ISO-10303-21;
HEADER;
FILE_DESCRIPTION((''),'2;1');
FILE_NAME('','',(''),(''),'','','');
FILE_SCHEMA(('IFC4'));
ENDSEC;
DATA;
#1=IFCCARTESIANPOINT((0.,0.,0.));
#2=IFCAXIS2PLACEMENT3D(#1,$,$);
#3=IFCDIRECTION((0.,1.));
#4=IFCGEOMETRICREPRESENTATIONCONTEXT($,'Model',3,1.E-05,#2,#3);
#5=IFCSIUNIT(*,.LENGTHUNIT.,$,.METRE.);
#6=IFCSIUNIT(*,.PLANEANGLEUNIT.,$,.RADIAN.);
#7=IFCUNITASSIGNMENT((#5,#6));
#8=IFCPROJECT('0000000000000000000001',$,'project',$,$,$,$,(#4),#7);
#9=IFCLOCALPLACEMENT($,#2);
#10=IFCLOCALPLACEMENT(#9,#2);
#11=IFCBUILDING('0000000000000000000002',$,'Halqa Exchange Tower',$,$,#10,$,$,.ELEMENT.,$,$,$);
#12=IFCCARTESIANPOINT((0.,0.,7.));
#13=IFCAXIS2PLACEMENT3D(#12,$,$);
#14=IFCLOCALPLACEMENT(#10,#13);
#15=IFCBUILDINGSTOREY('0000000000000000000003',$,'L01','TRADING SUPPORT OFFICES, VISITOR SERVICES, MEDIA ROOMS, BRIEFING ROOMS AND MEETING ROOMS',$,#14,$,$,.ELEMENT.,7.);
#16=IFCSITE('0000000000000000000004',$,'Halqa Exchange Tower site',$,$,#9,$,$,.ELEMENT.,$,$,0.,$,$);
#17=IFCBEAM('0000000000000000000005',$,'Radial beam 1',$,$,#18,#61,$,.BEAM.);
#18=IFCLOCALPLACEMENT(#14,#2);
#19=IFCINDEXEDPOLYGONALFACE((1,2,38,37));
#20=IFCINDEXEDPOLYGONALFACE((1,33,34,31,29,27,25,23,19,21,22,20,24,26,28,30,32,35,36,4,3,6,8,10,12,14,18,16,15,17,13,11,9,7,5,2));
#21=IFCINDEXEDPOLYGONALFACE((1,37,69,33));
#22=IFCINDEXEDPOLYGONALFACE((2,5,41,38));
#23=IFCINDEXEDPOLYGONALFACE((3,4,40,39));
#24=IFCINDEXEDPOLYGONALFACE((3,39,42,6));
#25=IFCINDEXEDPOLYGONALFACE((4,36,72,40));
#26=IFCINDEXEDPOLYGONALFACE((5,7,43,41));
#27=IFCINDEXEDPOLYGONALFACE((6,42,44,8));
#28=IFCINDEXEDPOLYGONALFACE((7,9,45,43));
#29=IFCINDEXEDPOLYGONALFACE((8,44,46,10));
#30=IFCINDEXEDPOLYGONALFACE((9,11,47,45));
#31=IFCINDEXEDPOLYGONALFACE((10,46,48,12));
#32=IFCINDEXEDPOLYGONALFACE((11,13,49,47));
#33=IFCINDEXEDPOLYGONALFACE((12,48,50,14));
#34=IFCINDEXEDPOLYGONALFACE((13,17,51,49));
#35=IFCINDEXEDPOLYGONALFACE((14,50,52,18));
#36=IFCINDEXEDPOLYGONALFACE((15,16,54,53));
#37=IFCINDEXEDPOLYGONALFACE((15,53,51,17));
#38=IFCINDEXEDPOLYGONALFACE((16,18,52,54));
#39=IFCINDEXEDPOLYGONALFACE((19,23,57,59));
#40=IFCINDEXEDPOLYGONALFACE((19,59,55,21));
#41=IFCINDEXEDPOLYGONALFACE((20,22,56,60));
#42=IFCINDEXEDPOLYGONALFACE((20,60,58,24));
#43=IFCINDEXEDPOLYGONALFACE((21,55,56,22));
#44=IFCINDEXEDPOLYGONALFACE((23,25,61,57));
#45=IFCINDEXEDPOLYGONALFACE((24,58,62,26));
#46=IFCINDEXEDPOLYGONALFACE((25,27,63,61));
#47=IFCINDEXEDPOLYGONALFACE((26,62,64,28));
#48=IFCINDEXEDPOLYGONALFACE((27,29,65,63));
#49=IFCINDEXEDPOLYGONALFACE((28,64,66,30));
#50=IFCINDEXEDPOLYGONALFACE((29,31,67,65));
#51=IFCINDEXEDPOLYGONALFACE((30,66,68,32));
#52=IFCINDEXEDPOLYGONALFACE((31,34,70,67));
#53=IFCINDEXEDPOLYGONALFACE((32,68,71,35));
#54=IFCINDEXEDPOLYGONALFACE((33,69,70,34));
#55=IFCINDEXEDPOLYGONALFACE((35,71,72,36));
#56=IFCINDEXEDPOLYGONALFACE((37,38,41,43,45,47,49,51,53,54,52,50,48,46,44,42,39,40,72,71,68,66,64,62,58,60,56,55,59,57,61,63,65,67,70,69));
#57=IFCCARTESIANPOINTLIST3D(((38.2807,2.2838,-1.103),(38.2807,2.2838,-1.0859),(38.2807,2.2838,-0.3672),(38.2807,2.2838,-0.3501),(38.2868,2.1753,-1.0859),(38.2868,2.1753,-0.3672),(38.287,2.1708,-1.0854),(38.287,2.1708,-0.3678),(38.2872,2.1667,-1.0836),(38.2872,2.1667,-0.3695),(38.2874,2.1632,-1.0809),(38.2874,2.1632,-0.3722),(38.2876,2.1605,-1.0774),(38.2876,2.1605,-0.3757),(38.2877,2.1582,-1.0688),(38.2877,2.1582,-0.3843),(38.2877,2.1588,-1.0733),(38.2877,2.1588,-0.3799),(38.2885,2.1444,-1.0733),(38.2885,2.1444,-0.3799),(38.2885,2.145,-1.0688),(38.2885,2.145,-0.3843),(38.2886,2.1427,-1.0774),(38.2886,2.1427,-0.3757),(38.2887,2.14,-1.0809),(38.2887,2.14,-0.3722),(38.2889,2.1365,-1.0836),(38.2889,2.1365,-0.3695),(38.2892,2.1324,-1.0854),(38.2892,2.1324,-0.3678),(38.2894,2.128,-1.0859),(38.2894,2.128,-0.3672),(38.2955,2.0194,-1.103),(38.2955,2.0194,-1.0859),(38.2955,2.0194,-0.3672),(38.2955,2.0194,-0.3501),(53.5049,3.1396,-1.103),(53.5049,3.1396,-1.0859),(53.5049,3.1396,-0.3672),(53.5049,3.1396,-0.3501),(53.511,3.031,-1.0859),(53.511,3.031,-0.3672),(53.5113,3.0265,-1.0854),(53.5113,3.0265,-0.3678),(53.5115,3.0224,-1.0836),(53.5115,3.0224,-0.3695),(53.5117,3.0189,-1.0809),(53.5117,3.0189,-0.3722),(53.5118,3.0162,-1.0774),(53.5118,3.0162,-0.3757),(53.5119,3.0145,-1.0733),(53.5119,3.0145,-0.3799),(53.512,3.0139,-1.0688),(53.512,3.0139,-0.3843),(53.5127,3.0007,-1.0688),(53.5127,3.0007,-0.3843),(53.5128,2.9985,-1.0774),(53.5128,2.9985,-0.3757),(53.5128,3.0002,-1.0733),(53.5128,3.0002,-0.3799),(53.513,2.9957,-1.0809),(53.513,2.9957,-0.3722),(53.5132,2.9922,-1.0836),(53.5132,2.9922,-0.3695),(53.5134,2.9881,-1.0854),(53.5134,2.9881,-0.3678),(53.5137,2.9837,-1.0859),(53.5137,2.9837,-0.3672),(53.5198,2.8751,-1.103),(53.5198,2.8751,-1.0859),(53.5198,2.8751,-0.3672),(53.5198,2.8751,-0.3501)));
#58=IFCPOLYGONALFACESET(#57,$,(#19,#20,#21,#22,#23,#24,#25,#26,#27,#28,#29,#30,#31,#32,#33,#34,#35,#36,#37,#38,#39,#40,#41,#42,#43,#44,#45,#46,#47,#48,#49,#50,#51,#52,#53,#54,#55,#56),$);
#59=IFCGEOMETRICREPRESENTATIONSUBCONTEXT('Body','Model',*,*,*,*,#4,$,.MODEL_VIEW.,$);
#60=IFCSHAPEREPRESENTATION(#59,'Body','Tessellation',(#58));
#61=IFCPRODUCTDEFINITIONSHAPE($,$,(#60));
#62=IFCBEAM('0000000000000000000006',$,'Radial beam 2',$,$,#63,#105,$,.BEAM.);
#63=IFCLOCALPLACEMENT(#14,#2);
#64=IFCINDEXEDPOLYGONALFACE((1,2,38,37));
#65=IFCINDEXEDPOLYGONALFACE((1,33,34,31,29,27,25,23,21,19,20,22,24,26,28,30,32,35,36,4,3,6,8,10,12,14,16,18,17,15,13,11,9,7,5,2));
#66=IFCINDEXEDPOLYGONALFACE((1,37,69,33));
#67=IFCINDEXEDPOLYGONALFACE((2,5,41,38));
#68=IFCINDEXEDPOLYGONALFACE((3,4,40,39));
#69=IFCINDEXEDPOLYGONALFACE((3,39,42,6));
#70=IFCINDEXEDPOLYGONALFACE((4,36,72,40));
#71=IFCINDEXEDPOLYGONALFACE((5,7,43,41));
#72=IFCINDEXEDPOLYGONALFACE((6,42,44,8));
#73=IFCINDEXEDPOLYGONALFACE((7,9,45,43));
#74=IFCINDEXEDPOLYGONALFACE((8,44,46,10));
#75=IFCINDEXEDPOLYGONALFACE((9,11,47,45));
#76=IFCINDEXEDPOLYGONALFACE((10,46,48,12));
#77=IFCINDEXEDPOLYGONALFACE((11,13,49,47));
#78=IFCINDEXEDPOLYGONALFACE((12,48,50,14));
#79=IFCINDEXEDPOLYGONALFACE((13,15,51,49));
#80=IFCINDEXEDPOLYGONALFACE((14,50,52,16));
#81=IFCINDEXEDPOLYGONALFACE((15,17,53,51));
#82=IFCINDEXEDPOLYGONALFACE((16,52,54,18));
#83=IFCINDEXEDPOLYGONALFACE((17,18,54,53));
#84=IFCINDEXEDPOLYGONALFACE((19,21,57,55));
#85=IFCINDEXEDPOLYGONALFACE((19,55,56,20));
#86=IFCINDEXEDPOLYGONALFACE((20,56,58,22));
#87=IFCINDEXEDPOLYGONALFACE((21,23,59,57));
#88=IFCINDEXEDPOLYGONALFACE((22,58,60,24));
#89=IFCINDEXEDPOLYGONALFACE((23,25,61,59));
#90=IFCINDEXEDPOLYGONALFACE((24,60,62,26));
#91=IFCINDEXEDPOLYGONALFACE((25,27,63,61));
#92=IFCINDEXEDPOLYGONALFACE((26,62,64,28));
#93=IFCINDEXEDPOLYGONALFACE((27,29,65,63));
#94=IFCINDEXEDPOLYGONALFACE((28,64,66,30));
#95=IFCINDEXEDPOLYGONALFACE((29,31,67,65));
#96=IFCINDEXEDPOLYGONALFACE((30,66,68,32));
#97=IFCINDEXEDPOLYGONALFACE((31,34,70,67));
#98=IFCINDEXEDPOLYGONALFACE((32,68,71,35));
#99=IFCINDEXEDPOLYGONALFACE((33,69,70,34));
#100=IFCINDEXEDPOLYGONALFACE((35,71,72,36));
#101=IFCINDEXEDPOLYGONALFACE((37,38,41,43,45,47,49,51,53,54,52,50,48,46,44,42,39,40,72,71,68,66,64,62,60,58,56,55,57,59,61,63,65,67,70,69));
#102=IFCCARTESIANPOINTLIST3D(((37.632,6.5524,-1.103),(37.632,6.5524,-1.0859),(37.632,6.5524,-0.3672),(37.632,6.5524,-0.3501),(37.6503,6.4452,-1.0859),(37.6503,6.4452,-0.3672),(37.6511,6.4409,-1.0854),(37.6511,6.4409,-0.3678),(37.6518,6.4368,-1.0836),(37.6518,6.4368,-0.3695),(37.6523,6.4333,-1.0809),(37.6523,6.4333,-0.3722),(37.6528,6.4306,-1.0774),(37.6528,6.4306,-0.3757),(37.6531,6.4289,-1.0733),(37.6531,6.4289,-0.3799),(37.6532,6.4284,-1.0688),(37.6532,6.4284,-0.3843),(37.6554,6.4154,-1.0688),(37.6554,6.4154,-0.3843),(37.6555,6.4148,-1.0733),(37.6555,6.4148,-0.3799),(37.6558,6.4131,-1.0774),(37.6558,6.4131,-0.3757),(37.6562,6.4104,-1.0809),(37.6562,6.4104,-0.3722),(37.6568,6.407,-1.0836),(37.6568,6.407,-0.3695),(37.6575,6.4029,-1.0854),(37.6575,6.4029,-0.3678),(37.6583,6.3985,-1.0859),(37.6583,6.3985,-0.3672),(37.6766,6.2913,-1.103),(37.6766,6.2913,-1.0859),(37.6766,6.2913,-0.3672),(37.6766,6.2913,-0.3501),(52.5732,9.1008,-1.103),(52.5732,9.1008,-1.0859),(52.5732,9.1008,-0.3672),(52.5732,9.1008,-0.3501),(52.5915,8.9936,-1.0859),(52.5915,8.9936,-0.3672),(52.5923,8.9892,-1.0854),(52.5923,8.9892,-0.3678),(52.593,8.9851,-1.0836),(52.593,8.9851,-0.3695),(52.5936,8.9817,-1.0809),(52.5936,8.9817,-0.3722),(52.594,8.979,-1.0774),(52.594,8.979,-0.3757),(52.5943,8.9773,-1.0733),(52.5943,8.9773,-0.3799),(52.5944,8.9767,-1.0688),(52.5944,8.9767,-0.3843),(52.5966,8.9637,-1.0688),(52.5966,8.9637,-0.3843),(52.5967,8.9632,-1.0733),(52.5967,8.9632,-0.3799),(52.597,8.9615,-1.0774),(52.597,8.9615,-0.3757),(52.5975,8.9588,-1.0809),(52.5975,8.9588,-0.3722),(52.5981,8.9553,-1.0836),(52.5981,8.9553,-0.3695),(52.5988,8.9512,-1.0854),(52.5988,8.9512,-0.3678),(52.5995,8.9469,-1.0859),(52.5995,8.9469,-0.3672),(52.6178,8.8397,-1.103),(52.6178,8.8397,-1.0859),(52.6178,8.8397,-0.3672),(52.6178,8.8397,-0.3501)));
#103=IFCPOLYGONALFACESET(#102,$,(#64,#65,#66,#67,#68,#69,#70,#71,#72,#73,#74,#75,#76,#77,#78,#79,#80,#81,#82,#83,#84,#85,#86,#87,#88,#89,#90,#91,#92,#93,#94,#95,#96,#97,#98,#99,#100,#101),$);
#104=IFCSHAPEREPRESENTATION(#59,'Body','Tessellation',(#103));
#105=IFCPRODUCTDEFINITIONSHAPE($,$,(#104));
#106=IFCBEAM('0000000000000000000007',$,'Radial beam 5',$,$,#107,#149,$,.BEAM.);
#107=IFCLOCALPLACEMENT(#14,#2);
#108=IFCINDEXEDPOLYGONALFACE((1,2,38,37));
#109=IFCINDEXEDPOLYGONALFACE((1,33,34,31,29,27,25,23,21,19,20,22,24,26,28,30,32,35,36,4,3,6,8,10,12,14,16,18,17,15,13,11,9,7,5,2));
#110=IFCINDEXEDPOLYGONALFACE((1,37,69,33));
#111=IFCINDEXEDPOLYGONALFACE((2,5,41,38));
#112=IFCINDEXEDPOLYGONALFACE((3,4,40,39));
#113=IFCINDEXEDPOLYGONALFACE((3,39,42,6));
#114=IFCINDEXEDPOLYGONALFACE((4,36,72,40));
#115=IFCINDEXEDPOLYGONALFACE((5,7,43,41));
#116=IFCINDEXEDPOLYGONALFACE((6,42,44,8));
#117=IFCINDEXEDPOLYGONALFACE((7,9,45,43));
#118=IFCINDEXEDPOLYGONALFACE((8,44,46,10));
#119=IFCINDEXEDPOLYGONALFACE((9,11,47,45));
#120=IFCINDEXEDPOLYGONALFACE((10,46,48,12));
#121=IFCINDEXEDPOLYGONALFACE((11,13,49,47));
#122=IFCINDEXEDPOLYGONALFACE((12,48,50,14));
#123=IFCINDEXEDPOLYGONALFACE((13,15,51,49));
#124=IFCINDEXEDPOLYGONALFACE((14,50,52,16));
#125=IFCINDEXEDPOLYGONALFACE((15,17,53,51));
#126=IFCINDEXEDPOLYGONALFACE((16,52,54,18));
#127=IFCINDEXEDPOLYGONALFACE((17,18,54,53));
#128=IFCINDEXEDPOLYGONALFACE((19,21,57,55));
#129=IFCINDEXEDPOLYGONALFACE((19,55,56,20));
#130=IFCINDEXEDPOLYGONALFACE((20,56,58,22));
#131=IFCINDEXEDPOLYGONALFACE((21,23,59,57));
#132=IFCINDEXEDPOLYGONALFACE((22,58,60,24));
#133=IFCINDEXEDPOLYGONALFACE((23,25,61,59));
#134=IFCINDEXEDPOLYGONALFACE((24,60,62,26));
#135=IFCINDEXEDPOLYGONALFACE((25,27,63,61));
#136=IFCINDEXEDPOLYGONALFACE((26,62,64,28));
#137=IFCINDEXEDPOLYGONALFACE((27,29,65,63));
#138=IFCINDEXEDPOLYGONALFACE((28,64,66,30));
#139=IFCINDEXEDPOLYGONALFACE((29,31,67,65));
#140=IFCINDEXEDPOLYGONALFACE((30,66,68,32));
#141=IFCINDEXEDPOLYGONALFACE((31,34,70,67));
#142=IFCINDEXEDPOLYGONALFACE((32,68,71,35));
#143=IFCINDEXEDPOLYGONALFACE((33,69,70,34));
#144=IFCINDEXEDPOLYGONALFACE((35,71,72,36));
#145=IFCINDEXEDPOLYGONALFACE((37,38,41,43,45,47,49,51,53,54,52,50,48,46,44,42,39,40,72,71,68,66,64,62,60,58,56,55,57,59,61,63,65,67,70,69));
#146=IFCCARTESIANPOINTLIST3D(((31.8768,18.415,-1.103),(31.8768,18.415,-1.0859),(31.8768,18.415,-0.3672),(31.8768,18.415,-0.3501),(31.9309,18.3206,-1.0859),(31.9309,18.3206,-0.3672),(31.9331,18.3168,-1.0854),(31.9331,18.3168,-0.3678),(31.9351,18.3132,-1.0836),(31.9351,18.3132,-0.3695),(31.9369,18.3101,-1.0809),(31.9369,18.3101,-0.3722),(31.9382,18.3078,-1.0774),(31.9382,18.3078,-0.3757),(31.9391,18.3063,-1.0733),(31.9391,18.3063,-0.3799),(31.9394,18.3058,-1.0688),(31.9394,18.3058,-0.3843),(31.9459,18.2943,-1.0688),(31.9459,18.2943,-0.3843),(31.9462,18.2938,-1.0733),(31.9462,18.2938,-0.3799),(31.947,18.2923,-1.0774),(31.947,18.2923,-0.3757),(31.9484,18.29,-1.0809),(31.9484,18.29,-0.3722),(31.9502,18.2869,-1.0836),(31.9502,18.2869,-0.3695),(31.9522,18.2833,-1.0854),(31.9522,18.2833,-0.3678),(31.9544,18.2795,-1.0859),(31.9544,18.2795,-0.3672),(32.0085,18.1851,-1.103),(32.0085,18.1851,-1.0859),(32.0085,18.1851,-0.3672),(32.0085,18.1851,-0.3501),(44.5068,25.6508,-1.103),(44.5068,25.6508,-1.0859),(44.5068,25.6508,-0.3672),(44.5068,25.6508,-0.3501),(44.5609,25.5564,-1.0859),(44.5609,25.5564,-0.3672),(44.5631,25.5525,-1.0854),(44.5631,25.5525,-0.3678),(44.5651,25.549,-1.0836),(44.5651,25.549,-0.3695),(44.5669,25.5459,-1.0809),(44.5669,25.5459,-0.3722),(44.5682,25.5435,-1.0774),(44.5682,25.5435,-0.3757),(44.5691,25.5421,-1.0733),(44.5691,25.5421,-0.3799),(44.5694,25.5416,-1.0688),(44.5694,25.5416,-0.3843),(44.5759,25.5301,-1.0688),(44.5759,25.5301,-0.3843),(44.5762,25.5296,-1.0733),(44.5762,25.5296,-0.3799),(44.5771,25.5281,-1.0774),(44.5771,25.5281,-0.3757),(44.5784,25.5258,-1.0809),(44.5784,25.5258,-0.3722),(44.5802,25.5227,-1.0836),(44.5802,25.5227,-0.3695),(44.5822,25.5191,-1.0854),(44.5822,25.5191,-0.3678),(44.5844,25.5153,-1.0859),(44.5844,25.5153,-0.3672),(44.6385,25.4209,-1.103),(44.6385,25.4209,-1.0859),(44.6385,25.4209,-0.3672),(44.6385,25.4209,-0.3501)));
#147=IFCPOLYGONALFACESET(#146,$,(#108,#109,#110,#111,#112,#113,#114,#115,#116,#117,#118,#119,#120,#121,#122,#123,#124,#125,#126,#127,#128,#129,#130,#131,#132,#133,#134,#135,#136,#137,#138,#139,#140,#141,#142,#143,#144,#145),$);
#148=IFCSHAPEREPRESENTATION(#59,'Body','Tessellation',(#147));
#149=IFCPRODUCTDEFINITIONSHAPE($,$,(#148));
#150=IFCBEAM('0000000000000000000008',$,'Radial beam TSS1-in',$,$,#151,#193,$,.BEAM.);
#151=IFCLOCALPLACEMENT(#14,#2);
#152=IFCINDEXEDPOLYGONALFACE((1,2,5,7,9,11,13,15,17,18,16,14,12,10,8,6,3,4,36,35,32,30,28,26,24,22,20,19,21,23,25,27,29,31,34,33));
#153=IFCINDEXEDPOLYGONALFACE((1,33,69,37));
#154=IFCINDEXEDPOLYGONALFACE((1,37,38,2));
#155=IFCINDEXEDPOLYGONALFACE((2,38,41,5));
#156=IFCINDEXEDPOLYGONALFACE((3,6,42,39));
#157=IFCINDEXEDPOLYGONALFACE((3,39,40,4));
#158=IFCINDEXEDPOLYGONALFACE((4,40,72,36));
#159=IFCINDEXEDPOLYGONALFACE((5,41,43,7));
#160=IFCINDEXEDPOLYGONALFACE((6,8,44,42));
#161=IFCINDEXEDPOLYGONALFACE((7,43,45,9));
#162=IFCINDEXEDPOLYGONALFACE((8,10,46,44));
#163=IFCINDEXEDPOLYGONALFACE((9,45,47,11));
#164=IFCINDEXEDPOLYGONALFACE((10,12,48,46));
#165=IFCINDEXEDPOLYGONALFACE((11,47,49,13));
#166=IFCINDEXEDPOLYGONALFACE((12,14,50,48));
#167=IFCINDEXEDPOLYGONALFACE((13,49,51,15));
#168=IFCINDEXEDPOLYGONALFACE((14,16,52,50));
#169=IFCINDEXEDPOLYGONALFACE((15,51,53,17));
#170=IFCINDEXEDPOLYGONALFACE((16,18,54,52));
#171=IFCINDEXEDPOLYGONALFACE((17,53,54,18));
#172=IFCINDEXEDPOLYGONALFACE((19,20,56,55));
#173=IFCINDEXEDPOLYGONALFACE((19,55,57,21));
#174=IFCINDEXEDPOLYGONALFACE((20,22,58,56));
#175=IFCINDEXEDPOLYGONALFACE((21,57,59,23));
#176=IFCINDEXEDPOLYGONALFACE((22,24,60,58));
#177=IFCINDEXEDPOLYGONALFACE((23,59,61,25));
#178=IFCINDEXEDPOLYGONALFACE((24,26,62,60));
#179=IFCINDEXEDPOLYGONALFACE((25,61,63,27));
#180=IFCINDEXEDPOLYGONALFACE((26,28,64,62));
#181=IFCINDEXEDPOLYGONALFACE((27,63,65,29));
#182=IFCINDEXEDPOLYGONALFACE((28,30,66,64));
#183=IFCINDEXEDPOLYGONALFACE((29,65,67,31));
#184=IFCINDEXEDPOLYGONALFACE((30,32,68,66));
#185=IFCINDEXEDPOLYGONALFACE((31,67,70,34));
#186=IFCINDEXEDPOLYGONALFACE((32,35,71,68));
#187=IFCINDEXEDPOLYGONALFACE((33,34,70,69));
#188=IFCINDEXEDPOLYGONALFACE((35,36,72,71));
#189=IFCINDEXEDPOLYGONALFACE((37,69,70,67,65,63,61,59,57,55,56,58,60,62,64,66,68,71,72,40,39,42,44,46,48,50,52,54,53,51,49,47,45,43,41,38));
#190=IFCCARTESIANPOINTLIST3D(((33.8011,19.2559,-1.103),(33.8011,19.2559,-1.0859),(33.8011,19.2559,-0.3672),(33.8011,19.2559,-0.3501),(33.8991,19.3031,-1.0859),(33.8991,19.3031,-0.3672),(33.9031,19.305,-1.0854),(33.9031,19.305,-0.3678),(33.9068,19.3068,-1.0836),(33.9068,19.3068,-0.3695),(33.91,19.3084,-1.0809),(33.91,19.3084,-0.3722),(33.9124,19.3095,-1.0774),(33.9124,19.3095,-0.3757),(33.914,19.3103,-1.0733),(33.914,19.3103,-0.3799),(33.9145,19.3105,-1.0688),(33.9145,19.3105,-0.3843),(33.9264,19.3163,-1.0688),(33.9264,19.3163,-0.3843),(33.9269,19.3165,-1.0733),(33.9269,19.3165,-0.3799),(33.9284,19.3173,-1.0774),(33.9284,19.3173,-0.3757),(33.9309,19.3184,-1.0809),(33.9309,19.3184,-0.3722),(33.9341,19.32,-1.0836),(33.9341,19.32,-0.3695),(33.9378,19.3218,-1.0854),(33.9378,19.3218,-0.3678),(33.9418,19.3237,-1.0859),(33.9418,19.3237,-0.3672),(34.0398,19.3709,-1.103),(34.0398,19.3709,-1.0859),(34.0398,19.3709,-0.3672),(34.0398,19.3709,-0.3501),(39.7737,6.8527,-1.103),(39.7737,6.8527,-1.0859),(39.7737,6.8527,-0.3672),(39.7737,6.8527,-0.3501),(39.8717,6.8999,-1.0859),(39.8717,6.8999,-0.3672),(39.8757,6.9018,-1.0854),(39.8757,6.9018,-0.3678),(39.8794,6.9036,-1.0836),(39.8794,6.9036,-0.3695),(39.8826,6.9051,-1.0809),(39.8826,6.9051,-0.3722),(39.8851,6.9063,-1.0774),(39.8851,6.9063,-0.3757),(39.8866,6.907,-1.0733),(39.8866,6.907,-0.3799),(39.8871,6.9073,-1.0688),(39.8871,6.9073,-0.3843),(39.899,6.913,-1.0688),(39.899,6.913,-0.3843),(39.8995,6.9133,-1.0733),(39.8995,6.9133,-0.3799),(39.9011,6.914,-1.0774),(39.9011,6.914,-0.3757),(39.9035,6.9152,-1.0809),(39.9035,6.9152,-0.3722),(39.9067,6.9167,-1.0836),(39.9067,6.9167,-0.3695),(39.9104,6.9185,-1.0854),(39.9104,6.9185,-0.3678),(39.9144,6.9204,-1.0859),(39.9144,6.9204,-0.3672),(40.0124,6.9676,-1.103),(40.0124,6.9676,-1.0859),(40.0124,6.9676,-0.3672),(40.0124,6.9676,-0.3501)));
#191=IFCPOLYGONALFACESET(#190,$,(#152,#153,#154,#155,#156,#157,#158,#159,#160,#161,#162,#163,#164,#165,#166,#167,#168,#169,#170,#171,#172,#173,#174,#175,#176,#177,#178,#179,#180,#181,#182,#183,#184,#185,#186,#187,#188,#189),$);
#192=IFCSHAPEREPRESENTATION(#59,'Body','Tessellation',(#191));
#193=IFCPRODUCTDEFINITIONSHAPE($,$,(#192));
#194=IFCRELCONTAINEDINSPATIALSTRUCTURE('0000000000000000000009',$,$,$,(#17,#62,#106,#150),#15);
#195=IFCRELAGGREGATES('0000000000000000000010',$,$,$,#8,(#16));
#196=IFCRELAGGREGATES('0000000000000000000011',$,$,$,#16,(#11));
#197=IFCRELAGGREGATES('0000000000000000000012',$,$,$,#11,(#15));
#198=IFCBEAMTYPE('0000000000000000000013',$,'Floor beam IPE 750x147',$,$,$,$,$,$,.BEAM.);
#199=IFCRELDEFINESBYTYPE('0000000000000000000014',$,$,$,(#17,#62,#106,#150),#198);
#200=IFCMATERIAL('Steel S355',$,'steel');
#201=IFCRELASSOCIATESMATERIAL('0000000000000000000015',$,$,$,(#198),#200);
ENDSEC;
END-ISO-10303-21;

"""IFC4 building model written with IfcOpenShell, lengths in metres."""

from ifc_helpers import new_model, si_unit, direction, frame, origin, origin_2d, place, context, subcontext, project, spatial, i_section, extrude, material, material_profile, profile_set, type_object, element, save


model = new_model("IFC4")

# Units and contexts
model_context = context("Model", 3, precision=1e-05, world=origin(), true_north=direction((0.0, 1.0)))
body_context = subcontext(model_context, "Body", "Model", "MODEL_VIEW")
ifc_project = project(units=[si_unit("LENGTHUNIT", "METRE"), si_unit("PLANEANGLEUNIT", "RADIAN")], contexts=[model_context])

# Site, building, storey
site_placement = place(None, origin())
site = spatial("IfcSite", under=ifc_project, at=site_placement, Name="Halqa Exchange Tower site", CompositionType="ELEMENT", RefElevation=0.0)
building_placement = place(site_placement, origin())
building = spatial("IfcBuilding", under=site, at=building_placement, Name="Halqa Exchange Tower", CompositionType="ELEMENT")
storey_placement = place(building_placement, frame((0.0, 0.0, 7.0)))
storey = spatial("IfcBuildingStorey", under=building, at=storey_placement, Name="L01", Description="TRADING SUPPORT OFFICES, VISITOR SERVICES, MEDIA ROOMS, BRIEFING ROOMS AND MEETING ROOMS", CompositionType="ELEMENT", Elevation=7.0)

# Beams
ifc_material_1 = material(Name="Steel S355", Category="steel")
ifc_material_profile_1 = material_profile(ifc_material_1, i_section(OverallWidth=0.2649, OverallDepth=0.7529, WebThickness=0.0132, FlangeThickness=0.0171, FilletRadius=0.0171, at=origin_2d()), Name="IPE 750x147")
ifc_profile_set_1 = profile_set([ifc_material_profile_1], Name="Steel S355")
beam_type_1 = type_object("IfcBeamType", Name="Floor beam IPE 750x147", PredefinedType="BEAM", material=ifc_profile_set_1)
beam_1_placement = place(storey_placement, frame((38.2881, 2.1516, -0.7266), z_axis=(0.998424, 0.056118, 0.0), x_axis=(-0.056118, 0.998424, 0.0)))
element("IfcBeam", 1, at=beam_1_placement, inside=storey, type_object=beam_type_1, Name="Radial beam 1", PredefinedType="BEAM", context=body_context, shape_type="SweptSolid", body=[
    extrude(i_section(OverallWidth=0.2649, OverallDepth=0.7529, WebThickness=0.0132, FlangeThickness=0.0171, FilletRadius=0.0171, at=origin_2d()), origin(), (0.0, 0.0, 1.0), 15.2483),
])
beam_2_placement = place(storey_placement, frame((37.6543, 6.4219, -0.7266), z_axis=(0.985765, 0.16813, 0.0), x_axis=(-0.16813, 0.985765, 0.0)))
element("IfcBeam", 2, at=beam_2_placement, inside=storey, type_object=beam_type_1, Name="Radial beam 2", PredefinedType="BEAM", context=body_context, shape_type="SweptSolid", body=[
    extrude(i_section(OverallWidth=0.2649, OverallDepth=0.7529, WebThickness=0.0132, FlangeThickness=0.0171, FilletRadius=0.0171, at=origin_2d()), origin(), (0.0, 0.0, 1.0), 15.157),
])
beam_3_placement = place(storey_placement, frame((31.9426, 18.3, -0.7266), z_axis=(0.867691, 0.497103, 0.0), x_axis=(-0.497103, 0.867691, 0.0)))
element("IfcBeam", 3, at=beam_3_placement, inside=storey, type_object=beam_type_1, Name="Radial beam 5", PredefinedType="BEAM", context=body_context, shape_type="SweptSolid", body=[
    extrude(i_section(OverallWidth=0.2649, OverallDepth=0.7529, WebThickness=0.0132, FlangeThickness=0.0171, FilletRadius=0.0171, at=origin_2d()), origin(), (0.0, 0.0, 1.0), 14.5559),
])
beam_4_placement = place(storey_placement, frame((39.8931, 6.9102, -0.7266), z_axis=(-0.433856, 0.900982, 0.0), x_axis=(-0.900982, -0.433856, 0.0)))
element("IfcBeam", 4, at=beam_4_placement, inside=storey, type_object=beam_type_1, Name="Radial beam TSS1-in", PredefinedType="BEAM", context=body_context, shape_type="SweptSolid", body=[
    extrude(i_section(OverallWidth=0.2649, OverallDepth=0.7529, WebThickness=0.0132, FlangeThickness=0.0171, FilletRadius=0.0171, at=origin_2d()), origin(), (0.0, 0.0, 1.0), 13.7664),
])

save(model, "model.ifc")
